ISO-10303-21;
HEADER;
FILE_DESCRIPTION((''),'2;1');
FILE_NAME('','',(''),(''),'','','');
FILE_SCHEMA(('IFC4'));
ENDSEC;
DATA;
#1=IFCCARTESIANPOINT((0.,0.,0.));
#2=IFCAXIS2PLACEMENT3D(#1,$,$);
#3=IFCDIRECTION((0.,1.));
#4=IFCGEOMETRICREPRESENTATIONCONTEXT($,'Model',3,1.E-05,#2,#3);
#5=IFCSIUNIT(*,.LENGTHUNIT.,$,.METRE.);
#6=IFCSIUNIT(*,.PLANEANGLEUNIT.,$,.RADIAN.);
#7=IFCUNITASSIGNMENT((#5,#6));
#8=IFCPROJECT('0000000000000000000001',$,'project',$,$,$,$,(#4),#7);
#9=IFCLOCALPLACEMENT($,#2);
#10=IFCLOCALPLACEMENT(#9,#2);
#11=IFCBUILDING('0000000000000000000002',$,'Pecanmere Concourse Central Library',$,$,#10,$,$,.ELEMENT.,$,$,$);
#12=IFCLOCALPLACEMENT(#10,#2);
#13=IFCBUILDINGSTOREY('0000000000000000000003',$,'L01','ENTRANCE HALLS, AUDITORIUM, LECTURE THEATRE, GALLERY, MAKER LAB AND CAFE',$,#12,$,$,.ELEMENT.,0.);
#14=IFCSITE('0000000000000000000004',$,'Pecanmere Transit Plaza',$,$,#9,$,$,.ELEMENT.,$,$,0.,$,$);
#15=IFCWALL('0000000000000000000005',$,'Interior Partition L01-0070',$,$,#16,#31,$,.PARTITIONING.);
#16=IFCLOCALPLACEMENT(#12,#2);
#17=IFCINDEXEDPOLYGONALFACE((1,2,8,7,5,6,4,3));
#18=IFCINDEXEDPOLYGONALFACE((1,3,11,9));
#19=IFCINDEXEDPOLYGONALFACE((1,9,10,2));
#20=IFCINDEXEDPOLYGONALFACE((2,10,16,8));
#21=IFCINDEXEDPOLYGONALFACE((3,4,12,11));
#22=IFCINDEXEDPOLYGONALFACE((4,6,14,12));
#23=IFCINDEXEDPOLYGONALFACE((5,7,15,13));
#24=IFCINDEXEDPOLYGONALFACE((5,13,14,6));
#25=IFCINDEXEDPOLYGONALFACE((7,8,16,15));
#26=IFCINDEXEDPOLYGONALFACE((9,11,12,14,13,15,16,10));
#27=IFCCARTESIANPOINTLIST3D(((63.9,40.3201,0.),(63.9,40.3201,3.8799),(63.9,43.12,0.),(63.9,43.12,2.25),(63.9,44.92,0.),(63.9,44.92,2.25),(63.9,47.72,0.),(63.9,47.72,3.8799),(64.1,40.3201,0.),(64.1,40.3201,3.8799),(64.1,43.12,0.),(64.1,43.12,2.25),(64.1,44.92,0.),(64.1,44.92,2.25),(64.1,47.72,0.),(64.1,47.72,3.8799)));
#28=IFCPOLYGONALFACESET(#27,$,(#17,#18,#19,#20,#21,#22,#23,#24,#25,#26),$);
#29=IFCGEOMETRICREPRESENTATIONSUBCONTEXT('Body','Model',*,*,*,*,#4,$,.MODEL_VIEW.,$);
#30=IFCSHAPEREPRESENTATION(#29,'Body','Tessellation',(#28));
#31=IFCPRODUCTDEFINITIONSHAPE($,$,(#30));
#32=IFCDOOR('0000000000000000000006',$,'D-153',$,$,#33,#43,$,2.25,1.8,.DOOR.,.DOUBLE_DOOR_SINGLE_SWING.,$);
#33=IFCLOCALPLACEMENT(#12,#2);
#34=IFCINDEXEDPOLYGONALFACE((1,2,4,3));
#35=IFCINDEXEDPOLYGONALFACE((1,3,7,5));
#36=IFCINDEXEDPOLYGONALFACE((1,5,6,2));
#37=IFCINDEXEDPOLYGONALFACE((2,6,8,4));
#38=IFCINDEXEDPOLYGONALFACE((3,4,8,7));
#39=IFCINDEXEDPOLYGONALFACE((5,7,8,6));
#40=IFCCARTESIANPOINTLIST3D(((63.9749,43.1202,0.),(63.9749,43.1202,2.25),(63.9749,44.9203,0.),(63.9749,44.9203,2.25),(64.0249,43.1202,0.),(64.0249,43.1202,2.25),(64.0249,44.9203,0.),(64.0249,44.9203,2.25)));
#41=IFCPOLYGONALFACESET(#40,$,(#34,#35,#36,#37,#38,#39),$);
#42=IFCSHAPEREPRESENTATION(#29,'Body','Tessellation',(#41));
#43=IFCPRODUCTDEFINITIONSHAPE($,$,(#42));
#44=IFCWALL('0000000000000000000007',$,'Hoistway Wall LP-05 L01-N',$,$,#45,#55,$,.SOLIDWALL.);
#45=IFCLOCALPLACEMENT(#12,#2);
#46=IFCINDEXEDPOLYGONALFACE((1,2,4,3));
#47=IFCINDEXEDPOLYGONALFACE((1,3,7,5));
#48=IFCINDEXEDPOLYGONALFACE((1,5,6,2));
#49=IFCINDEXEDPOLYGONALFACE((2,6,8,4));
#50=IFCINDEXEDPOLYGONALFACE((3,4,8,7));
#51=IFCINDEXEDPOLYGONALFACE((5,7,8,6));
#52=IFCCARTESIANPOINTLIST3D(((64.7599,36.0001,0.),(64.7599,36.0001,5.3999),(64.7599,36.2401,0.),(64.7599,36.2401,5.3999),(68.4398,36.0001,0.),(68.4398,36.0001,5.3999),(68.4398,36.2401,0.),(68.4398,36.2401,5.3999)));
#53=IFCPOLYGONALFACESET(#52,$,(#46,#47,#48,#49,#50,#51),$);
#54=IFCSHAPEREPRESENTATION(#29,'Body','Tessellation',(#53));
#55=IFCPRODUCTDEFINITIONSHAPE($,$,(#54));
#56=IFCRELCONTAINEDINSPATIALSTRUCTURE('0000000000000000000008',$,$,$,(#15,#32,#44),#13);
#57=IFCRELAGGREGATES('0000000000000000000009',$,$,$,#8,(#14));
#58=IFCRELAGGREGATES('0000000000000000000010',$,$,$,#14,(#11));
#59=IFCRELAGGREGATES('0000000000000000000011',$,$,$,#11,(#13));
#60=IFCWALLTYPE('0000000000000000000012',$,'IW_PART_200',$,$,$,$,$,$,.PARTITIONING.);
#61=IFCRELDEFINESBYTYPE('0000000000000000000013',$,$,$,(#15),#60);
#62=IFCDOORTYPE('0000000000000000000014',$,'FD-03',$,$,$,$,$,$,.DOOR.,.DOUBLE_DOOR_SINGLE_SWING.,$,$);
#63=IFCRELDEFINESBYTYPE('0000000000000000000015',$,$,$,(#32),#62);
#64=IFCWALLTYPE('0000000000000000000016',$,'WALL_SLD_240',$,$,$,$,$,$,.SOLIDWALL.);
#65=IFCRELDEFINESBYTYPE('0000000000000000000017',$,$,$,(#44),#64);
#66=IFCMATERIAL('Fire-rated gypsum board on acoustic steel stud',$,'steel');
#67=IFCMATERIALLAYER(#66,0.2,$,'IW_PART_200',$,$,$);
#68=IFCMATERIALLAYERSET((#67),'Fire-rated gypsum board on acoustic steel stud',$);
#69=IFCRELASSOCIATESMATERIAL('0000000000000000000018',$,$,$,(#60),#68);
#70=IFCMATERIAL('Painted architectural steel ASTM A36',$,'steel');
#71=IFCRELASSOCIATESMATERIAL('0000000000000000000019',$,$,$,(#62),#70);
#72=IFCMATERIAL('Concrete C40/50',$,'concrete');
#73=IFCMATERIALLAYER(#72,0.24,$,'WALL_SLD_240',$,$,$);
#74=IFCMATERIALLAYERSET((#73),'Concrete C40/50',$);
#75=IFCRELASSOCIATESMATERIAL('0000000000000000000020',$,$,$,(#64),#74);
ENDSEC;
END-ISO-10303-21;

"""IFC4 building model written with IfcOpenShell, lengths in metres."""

from ifc_helpers import new_model, si_unit, direction, frame, frame_2d, origin, place, context, subcontext, project, spatial, rectangle, extrude, material, layer, layer_set, type_object, element, fill, save


model = new_model("IFC4")

# Units and contexts
model_context = context("Model", 3, precision=1e-05, world=origin(), true_north=direction((0.0, 1.0)))
body_context = subcontext(model_context, "Body", "Model", "MODEL_VIEW")
ifc_project = project(units=[si_unit("LENGTHUNIT", "METRE"), si_unit("PLANEANGLEUNIT", "RADIAN")], contexts=[model_context])

# Site, building, storey
site_placement = place(None, origin())
site = spatial("IfcSite", under=ifc_project, at=site_placement, Name="Pecanmere Transit Plaza", CompositionType="ELEMENT", RefElevation=0.0)
building_placement = place(site_placement, origin())
building = spatial("IfcBuilding", under=site, at=building_placement, Name="Pecanmere Concourse Central Library", CompositionType="ELEMENT")
storey_placement = place(building_placement, origin())
storey = spatial("IfcBuildingStorey", under=building, at=storey_placement, Name="L01", Description="ENTRANCE HALLS, AUDITORIUM, LECTURE THEATRE, GALLERY, MAKER LAB AND CAFE", CompositionType="ELEMENT", Elevation=0.0)

# Wall, opening, door
ifc_material_1 = material(Name="Fire-rated gypsum board on acoustic steel stud", Category="steel")
ifc_layer_1 = layer(ifc_material_1, 0.2, Name="IW_PART_200")
ifc_layer_set_1 = layer_set([ifc_layer_1], Name="Fire-rated gypsum board on acoustic steel stud")
wall_type_1 = type_object("IfcWallType", Name="IW_PART_200", PredefinedType="PARTITIONING", material=ifc_layer_set_1)
wall_1_placement = place(storey_placement, frame((64.0, 40.3201, 0.0), z_axis=(0.0, 0.0, 1.0), x_axis=(0.0, 1.0, 0.0)))
wall_1 = element("IfcWall", 1, at=wall_1_placement, inside=storey, type_object=wall_type_1, Name="Interior Partition L01-0070", PredefinedType="PARTITIONING", context=body_context, shape_type="SweptSolid", body=[
    extrude(rectangle(XDim=7.3999, YDim=0.2, at=frame_2d((3.7, 0.0))), origin(), (0.0, 0.0, 1.0), 3.8799),
])
opening_1_placement = place(wall_1_placement, frame((2.8, 0.0, 0.0)))
opening_1 = element("IfcOpeningElement", 2, at=opening_1_placement, cuts=wall_1, PredefinedType="OPENING", context=body_context, shape_type="SweptSolid", body=[
    extrude(rectangle(XDim=1.8, YDim=2.25, at=frame_2d((0.8999, 1.125))), frame((0.0, 0.1118, 0.0), z_axis=(0.0, -1.0, 0.0), x_axis=(1.0, 0.0, 0.0)), (0.0, 0.0, 1.0), 0.2239),
])
ifc_material_2 = material(Name="Painted architectural steel ASTM A36", Category="steel")
door_type_1 = type_object("IfcDoorType", Name="FD-03", OperationType="DOUBLE_DOOR_SINGLE_SWING", PredefinedType="DOOR", material=ifc_material_2)
door_1_placement = place(opening_1_placement, frame((1.8, 0.0, 0.0), z_axis=(0.0, 0.0, 1.0), x_axis=(-1.0, 0.0, 0.0)))
door_1 = element("IfcDoor", 3, at=door_1_placement, inside=storey, type_object=door_type_1, Name="D-153", OperationType="DOUBLE_DOOR_SINGLE_SWING", OverallHeight=2.25, OverallWidth=1.8, PredefinedType="DOOR", context=body_context, shape_type="SweptSolid", body=[
    extrude(rectangle(XDim=1.8, YDim=2.25, at=frame_2d((0.8999, 1.125))), frame((0.0, 0.0249, 0.0), z_axis=(0.0, -1.0, 0.0), x_axis=(1.0, 0.0, 0.0)), (0.0, 0.0, 1.0), 0.05),
])
fill(opening_1, door_1)

# Wall
ifc_material_3 = material(Name="Concrete C40/50", Category="concrete")
ifc_layer_2 = layer(ifc_material_3, 0.24, Name="WALL_SLD_240")
ifc_layer_set_2 = layer_set([ifc_layer_2], Name="Concrete C40/50")
wall_type_2 = type_object("IfcWallType", Name="WALL_SLD_240", PredefinedType="SOLIDWALL", material=ifc_layer_set_2)
wall_2_placement = place(storey_placement, frame((64.76, 36.1201, 0.0), z_axis=(0.0, 0.0, 1.0), x_axis=(1.0, 0.0, 0.0)))
element("IfcWall", 4, at=wall_2_placement, inside=storey, type_object=wall_type_2, Name="Hoistway Wall LP-05 L01-N", PredefinedType="SOLIDWALL", context=body_context, shape_type="SweptSolid", body=[
    extrude(rectangle(XDim=3.6799, YDim=0.24, at=frame_2d((1.8398, 0.0))), origin(), (0.0, 0.0, 1.0), 5.3999),
])

save(model, "model.ifc")
